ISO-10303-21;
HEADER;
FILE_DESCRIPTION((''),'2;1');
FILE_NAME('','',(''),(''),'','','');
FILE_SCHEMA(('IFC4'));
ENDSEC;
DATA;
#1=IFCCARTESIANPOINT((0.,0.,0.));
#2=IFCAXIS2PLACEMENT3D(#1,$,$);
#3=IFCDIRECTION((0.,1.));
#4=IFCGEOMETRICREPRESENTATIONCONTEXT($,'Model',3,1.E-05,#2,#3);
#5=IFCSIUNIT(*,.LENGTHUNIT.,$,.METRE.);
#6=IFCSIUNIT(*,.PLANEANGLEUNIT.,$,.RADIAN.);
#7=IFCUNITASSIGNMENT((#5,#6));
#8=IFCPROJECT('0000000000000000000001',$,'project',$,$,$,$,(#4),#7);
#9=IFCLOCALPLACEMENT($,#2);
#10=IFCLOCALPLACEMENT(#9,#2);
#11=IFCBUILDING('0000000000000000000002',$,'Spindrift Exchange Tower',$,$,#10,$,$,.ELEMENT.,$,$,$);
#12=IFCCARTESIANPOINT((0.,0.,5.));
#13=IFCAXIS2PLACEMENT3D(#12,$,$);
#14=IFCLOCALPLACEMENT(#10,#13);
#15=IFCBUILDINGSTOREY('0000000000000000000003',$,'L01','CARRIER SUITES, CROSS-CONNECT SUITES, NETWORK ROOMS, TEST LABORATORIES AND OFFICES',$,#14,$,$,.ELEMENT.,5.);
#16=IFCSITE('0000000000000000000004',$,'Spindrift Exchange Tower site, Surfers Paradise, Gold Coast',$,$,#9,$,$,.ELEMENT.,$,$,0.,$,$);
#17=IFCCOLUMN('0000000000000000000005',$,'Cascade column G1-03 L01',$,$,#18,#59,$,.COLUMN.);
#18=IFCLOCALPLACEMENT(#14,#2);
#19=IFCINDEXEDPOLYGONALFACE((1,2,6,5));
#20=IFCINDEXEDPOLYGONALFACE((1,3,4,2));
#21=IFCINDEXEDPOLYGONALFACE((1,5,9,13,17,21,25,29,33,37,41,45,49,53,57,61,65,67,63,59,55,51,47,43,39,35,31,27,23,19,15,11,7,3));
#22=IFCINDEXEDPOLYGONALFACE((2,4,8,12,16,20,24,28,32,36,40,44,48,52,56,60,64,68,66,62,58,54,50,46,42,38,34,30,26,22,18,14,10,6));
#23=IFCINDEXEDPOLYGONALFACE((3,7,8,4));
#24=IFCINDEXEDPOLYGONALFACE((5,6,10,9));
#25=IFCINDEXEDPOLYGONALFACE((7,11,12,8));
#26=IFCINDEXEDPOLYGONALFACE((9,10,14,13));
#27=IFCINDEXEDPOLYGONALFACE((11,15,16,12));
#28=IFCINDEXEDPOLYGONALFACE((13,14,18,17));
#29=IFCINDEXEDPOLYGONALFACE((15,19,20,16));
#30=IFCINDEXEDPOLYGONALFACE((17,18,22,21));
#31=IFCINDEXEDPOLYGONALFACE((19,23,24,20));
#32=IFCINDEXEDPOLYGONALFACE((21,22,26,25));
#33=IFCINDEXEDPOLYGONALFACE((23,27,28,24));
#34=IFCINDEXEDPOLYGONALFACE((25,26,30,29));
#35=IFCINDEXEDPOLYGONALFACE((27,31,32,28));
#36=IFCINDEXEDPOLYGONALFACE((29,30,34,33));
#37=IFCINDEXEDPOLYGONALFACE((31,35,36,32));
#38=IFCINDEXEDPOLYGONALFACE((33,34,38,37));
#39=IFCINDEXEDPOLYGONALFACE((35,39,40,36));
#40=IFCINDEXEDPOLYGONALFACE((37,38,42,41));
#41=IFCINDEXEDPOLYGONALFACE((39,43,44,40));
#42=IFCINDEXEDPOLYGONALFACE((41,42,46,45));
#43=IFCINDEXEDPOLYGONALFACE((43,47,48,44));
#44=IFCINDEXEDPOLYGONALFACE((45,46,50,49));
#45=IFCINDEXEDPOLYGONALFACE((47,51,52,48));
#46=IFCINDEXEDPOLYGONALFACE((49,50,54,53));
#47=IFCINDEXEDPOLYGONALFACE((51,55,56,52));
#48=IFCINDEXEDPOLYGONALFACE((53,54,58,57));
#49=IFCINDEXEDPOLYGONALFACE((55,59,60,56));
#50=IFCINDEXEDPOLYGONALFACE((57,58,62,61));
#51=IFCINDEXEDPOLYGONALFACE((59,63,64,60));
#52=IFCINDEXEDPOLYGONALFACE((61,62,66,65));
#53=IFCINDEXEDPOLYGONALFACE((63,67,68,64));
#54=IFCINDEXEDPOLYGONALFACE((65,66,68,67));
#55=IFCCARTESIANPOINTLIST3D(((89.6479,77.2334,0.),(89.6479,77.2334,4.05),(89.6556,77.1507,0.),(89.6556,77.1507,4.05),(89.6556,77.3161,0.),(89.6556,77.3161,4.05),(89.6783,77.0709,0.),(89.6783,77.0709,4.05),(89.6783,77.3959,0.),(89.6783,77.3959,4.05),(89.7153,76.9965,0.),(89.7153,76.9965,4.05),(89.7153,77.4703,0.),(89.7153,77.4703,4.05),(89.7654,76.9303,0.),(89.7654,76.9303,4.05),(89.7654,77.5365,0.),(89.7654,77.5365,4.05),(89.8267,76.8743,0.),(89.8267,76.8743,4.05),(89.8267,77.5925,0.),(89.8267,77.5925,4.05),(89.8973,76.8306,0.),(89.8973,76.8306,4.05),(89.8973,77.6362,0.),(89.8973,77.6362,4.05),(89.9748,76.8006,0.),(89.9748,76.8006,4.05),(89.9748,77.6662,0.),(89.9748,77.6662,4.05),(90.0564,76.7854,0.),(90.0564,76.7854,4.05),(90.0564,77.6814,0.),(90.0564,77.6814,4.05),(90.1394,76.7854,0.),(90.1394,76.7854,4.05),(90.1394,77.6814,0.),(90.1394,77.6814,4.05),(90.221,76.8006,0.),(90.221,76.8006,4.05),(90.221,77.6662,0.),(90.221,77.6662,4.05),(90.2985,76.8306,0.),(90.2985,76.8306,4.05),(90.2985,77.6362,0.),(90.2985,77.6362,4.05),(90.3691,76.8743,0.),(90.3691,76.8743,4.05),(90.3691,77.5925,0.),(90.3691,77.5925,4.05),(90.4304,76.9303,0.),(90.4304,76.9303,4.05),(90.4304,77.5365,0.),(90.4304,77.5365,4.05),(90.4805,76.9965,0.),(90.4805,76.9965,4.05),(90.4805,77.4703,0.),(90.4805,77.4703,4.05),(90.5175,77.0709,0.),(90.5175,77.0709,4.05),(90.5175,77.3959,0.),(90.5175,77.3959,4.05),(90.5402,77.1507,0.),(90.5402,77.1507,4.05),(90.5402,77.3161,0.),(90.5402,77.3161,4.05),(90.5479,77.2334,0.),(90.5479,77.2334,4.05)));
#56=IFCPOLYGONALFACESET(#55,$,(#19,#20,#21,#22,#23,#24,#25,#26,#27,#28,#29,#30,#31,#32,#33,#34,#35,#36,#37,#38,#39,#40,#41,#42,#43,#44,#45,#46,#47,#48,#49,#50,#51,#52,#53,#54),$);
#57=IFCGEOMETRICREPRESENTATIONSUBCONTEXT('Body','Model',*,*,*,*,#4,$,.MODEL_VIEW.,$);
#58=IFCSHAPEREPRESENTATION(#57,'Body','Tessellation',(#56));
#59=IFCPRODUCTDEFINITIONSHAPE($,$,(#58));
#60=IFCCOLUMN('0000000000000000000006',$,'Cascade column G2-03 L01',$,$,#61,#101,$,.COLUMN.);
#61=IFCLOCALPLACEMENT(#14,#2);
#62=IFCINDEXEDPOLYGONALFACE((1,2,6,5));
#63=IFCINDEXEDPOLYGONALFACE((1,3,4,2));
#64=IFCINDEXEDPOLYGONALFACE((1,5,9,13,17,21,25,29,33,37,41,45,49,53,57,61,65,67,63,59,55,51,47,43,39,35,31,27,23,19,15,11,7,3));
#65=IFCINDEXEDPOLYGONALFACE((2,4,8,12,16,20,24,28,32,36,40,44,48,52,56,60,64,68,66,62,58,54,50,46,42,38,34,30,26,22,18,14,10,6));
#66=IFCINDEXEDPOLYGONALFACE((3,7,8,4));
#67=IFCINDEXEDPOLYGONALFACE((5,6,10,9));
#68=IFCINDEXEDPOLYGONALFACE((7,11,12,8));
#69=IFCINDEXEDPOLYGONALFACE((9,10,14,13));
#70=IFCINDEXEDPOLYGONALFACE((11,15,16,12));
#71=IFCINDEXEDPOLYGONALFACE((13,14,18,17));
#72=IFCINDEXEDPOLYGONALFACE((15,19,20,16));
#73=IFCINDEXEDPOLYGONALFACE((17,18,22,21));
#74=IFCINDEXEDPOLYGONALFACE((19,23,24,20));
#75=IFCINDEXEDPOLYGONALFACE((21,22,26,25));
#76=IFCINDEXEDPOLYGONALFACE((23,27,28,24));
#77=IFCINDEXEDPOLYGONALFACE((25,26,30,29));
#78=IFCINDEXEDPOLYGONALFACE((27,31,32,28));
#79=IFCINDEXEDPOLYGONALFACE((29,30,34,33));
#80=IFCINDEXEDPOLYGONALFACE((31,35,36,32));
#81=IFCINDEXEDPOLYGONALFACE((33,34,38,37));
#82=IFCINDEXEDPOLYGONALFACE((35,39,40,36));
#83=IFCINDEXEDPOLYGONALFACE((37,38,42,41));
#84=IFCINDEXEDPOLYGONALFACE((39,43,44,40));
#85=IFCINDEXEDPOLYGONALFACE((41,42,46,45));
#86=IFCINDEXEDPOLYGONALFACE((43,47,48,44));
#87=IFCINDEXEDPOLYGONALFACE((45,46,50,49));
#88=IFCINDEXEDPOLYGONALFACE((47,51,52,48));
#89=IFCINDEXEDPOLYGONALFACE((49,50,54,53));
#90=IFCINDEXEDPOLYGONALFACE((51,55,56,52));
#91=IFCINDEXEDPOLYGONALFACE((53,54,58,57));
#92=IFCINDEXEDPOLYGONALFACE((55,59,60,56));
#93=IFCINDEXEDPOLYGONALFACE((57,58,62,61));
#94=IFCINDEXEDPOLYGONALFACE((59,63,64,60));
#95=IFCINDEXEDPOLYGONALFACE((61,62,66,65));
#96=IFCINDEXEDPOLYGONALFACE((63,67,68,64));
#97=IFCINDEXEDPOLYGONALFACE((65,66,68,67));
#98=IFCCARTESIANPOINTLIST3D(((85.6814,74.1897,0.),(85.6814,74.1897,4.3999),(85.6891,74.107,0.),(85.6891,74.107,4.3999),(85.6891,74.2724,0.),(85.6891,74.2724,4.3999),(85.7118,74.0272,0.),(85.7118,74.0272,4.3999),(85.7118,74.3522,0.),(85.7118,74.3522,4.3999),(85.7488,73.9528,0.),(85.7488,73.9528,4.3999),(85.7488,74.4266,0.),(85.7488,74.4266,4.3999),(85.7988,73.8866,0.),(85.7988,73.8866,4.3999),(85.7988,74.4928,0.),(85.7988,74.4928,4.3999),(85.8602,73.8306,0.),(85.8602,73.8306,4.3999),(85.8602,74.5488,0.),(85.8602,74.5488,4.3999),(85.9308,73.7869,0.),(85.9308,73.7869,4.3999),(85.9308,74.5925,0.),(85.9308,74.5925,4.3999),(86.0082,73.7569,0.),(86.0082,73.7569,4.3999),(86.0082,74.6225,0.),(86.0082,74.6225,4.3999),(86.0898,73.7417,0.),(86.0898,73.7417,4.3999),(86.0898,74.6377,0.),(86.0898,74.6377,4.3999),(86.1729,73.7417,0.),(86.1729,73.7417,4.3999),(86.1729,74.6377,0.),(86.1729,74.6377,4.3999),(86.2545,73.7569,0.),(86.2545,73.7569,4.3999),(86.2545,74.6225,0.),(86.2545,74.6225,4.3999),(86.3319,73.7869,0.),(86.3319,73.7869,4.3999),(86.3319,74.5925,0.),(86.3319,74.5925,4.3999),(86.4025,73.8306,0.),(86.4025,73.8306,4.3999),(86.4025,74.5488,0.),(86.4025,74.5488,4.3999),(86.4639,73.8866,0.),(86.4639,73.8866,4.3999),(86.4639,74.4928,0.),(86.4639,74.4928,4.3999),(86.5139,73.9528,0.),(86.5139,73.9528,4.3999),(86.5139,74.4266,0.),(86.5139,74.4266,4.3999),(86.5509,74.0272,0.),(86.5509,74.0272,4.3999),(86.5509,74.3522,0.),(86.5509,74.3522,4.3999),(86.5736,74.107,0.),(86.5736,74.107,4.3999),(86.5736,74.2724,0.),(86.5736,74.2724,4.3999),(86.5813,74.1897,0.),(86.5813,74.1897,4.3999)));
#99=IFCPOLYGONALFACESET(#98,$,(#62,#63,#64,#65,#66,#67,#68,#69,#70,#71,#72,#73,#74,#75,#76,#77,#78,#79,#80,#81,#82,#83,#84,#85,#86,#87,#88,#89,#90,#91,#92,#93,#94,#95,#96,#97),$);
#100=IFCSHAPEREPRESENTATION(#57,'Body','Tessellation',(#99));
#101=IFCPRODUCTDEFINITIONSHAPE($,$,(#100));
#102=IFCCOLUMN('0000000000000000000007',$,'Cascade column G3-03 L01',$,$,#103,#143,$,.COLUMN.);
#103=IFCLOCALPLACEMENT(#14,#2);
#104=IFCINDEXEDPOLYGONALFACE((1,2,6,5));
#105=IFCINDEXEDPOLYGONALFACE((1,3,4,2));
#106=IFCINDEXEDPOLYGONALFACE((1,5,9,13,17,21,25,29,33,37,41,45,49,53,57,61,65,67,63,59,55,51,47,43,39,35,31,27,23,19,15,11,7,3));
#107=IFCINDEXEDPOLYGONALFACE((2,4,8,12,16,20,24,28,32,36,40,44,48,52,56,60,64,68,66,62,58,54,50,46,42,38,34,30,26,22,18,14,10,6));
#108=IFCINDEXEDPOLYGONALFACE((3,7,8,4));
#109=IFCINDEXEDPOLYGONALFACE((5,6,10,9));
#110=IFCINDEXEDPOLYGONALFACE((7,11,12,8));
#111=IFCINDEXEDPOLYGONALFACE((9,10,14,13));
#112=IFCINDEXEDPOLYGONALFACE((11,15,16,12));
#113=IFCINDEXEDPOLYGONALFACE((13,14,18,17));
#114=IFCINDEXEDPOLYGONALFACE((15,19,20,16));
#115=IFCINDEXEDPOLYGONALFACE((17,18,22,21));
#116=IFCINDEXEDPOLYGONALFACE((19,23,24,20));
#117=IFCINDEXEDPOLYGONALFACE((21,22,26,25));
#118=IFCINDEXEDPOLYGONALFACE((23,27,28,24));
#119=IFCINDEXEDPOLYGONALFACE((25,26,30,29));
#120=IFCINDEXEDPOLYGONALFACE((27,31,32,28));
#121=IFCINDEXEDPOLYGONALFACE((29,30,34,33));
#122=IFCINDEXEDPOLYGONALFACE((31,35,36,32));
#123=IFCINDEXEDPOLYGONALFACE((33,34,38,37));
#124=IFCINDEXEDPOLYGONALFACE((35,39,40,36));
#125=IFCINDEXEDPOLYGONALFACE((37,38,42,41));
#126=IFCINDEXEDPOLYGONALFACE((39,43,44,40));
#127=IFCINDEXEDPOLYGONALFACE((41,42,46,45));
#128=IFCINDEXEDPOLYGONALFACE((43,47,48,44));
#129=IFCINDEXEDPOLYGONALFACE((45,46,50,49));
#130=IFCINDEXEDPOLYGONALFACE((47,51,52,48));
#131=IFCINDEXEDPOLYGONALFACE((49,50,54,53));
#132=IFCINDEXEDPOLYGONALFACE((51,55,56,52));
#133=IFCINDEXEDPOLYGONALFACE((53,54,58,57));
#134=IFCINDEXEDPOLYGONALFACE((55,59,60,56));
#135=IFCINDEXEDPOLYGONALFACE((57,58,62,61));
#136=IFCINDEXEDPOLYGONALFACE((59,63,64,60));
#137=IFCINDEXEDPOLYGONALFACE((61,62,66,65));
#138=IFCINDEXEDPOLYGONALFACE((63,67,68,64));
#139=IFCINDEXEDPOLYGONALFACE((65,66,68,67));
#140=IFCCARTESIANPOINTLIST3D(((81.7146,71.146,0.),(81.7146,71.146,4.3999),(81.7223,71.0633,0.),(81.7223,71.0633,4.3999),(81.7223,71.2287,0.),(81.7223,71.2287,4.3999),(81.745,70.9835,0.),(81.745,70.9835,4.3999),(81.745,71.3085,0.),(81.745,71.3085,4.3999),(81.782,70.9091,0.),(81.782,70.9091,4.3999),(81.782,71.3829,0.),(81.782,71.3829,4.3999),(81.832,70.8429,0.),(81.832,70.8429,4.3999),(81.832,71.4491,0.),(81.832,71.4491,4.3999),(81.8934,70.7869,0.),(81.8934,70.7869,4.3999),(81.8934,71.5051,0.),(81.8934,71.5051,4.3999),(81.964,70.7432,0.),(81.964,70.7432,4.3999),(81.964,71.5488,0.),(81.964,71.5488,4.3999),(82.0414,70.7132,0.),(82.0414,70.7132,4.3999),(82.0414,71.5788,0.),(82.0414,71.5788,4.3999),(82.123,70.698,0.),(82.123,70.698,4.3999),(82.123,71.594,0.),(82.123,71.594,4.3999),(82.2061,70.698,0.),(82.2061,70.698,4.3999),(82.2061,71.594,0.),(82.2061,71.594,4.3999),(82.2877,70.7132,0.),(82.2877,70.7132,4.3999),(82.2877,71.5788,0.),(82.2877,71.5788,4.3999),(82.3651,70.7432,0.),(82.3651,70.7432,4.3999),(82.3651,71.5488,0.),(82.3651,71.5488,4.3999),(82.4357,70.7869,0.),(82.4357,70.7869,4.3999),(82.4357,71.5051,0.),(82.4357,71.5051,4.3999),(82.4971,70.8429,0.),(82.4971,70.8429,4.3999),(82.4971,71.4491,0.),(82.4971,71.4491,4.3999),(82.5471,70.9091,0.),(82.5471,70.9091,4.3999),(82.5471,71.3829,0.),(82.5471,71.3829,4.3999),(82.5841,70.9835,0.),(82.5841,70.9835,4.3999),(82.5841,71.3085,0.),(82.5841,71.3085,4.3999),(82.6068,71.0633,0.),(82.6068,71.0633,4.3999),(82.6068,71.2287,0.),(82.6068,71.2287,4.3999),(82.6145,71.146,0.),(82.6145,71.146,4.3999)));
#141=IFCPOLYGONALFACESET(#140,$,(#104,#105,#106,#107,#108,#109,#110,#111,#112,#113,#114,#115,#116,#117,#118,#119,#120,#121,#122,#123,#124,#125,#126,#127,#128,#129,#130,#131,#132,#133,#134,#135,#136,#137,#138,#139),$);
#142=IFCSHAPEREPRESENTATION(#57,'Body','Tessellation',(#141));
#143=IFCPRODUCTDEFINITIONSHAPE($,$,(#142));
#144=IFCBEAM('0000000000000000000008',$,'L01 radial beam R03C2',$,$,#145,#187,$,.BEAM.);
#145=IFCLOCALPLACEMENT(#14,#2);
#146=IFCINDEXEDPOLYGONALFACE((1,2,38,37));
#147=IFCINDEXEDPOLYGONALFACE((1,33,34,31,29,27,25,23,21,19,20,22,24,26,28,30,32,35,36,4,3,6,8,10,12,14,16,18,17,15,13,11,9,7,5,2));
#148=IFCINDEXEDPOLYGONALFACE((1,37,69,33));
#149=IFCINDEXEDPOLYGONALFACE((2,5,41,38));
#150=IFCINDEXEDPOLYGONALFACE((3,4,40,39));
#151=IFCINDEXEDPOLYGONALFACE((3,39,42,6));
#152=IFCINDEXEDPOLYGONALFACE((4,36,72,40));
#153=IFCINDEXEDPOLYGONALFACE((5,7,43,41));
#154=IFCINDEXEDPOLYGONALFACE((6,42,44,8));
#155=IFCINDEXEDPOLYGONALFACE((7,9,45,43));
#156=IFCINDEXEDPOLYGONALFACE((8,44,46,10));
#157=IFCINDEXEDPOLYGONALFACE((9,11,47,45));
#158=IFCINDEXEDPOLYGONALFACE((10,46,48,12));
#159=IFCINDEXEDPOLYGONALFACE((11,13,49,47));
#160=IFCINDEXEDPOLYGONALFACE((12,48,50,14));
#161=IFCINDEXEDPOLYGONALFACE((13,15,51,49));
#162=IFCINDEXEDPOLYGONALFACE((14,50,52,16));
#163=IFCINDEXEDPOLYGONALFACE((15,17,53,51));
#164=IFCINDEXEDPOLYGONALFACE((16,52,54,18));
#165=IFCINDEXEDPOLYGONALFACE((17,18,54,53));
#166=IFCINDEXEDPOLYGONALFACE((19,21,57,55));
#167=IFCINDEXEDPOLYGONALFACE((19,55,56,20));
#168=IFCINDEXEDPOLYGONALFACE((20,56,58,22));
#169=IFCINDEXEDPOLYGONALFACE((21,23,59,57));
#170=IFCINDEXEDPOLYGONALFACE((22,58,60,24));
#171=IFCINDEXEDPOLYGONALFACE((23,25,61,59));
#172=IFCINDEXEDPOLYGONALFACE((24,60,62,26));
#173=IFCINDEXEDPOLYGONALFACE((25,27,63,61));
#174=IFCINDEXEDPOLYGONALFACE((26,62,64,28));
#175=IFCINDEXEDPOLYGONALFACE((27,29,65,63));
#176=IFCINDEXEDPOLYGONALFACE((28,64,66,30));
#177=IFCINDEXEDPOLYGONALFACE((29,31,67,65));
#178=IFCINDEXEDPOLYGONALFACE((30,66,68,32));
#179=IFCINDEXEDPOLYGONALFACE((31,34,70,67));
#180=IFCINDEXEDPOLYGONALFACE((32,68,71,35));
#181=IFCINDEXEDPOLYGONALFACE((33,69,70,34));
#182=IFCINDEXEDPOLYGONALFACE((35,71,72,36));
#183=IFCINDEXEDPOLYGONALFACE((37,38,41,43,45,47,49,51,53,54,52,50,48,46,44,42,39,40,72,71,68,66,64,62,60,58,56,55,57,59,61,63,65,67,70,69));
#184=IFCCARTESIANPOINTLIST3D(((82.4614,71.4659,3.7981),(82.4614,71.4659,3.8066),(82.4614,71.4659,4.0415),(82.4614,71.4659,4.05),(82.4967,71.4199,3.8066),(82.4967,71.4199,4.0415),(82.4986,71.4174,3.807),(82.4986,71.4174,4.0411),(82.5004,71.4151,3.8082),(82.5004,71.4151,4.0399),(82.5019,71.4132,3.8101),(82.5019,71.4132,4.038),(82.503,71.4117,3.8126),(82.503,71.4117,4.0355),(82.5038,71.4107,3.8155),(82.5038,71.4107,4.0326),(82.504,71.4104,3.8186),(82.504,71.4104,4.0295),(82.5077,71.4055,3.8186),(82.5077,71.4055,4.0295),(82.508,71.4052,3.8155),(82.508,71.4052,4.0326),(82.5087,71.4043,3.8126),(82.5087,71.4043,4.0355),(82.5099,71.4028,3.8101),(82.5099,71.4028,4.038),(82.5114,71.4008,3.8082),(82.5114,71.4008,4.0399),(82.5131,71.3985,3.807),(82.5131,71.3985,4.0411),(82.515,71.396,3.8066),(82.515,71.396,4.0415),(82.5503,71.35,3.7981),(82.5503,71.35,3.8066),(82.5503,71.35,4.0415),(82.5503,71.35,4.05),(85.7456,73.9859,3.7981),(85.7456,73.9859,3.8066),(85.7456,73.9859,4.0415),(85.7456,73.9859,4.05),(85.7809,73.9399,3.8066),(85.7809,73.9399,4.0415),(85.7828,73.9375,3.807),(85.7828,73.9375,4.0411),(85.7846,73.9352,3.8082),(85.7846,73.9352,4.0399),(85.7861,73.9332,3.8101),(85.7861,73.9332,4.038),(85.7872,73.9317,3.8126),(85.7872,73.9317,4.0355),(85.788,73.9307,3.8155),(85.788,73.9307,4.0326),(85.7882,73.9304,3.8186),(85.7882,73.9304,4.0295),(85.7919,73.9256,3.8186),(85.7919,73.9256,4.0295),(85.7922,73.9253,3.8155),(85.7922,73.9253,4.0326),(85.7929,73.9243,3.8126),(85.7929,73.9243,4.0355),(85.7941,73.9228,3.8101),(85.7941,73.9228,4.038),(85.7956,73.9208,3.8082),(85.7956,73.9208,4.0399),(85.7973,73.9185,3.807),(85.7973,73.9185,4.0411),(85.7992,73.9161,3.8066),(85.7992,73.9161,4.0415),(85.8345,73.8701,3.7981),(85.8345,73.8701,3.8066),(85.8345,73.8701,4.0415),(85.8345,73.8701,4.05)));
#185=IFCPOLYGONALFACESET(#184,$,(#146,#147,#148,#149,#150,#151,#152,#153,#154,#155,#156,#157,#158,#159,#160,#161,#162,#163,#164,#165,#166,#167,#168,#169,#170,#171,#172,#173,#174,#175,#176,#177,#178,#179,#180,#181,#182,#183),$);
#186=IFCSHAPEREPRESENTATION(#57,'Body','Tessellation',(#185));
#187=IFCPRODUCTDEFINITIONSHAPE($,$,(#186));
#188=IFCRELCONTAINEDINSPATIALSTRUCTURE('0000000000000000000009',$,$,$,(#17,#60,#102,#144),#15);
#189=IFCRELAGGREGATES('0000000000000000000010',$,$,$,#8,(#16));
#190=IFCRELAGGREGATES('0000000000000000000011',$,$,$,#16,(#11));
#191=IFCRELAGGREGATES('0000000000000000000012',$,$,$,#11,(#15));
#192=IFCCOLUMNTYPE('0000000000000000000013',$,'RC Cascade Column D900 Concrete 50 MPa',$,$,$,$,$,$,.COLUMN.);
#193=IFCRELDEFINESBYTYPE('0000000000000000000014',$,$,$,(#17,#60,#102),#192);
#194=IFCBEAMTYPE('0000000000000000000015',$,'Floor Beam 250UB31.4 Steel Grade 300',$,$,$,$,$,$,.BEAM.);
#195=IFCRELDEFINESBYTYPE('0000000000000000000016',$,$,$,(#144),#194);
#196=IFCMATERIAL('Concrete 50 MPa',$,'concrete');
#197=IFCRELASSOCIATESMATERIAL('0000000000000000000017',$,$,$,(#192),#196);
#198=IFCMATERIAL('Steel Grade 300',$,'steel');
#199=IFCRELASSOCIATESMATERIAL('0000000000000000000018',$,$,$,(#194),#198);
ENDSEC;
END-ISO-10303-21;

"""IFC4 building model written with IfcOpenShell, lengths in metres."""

from ifc_helpers import new_model, si_unit, direction, frame, origin, origin_2d, place, context, subcontext, project, spatial, circle, i_section, extrude, source, transform, mapped, material, material_profile, profile_set, type_object, element, save


model = new_model("IFC4")

# Units and contexts
model_context = context("Model", 3, precision=1e-05, world=origin(), true_north=direction((0.0, 1.0)))
body_context = subcontext(model_context, "Body", "Model", "MODEL_VIEW")
ifc_project = project(units=[si_unit("LENGTHUNIT", "METRE"), si_unit("PLANEANGLEUNIT", "RADIAN")], contexts=[model_context])

# Site, building, storey
site_placement = place(None, origin())
site = spatial("IfcSite", under=ifc_project, at=site_placement, Name="Spindrift Exchange Tower site, Surfers Paradise, Gold Coast", CompositionType="ELEMENT", RefElevation=0.0)
building_placement = place(site_placement, origin())
building = spatial("IfcBuilding", under=site, at=building_placement, Name="Spindrift Exchange Tower", CompositionType="ELEMENT")
storey_placement = place(building_placement, frame((0.0, 0.0, 5.0)))
storey = spatial("IfcBuildingStorey", under=building, at=storey_placement, Name="L01", Description="CARRIER SUITES, CROSS-CONNECT SUITES, NETWORK ROOMS, TEST LABORATORIES AND OFFICES", CompositionType="ELEMENT", Elevation=5.0)

# Columns
ifc_material_1 = material(Name="Concrete 50 MPa", Category="concrete")
ifc_material_profile_1 = material_profile(ifc_material_1, circle(Radius=0.45, at=origin_2d()), Name="RC D900")
ifc_profile_set_1 = profile_set([ifc_material_profile_1], Name="Concrete 50 MPa")
column_type = type_object("IfcColumnType", Name="RC Cascade Column D900 Concrete 50 MPa", PredefinedType="COLUMN", material=ifc_profile_set_1)
shared_shape_1 = source(origin(), body_context, "Body", "SweptSolid", [
    extrude(circle(Radius=0.45, at=origin_2d()), origin(), (0.0, 0.0, 1.0), 4.05),
])
column_placement = place(storey_placement, frame((90.0979, 77.2334, 0.0), z_axis=(0.0, 0.0, 1.0), x_axis=(1.0, 0.0, 0.0)))
element("IfcColumn", 1, at=column_placement, inside=storey, type_object=column_type, Name="Cascade column G1-03 L01", PredefinedType="COLUMN", context=body_context, shape_type="MappedRepresentation", body=[
    mapped(shared_shape_1, transform((0.0, 0.0, 0.0), scale=1.0)),
])
shared_shape_2 = source(origin(), body_context, "Body", "SweptSolid", [
    extrude(circle(Radius=0.45, at=origin_2d()), origin(), (0.0, 0.0, 1.0), 4.3999),
])
for number, where, z_axis, x_axis, name in (
    (2, (86.1313, 74.1897, 0.0), (0.0, 0.0, 1.0), (1.0, 0.0, 0.0), "Cascade column G2-03 L01"),
    (3, (82.1646, 71.146, 0.0), (0.0, 0.0, 1.0), (1.0, 0.0, 0.0), "Cascade column G3-03 L01"),
):
    element("IfcColumn", number, at=place(storey_placement, frame(where, z_axis=z_axis, x_axis=x_axis)), inside=storey, type_object=column_type, Name=name, PredefinedType="COLUMN", context=body_context, shape_type="MappedRepresentation", body=[
        mapped(shared_shape_2, transform((0.0, 0.0, 0.0), scale=1.0)),
    ])

# Beam
ifc_material_2 = material(Name="Steel Grade 300", Category="steel")
ifc_material_profile_2 = material_profile(ifc_material_2, i_section(OverallWidth=0.146, OverallDepth=0.252, WebThickness=0.0061, FlangeThickness=0.0085, FilletRadius=0.012, at=origin_2d()), Name="250UB31.4")
ifc_profile_set_2 = profile_set([ifc_material_profile_2], Name="Steel Grade 300")
beam_type_1 = type_object("IfcBeamType", Name="Floor Beam 250UB31.4 Steel Grade 300", PredefinedType="BEAM", material=ifc_profile_set_2)
shared_shape_3 = source(origin(), body_context, "Body", "SweptSolid", [
    extrude(i_section(OverallWidth=0.146, OverallDepth=0.252, WebThickness=0.0061, FlangeThickness=0.0085, FilletRadius=0.012, at=origin_2d()), origin(), (0.0, 0.0, 1.0), 4.1396),
])
for number, where, z_axis, x_axis, name in (
    (4, (82.5059, 71.408, 3.9241), (0.793356, 0.608758, 0.0), (-0.608758, 0.793356, 0.0), "L01 radial beam R03C2"),
):
    element("IfcBeam", number, at=place(storey_placement, frame(where, z_axis=z_axis, x_axis=x_axis)), inside=storey, type_object=beam_type_1, Name=name, PredefinedType="BEAM", context=body_context, shape_type="MappedRepresentation", body=[
        mapped(shared_shape_3, transform((0.0, 0.0, 0.0), scale=1.0)),
    ])

save(model, "model.ifc")
